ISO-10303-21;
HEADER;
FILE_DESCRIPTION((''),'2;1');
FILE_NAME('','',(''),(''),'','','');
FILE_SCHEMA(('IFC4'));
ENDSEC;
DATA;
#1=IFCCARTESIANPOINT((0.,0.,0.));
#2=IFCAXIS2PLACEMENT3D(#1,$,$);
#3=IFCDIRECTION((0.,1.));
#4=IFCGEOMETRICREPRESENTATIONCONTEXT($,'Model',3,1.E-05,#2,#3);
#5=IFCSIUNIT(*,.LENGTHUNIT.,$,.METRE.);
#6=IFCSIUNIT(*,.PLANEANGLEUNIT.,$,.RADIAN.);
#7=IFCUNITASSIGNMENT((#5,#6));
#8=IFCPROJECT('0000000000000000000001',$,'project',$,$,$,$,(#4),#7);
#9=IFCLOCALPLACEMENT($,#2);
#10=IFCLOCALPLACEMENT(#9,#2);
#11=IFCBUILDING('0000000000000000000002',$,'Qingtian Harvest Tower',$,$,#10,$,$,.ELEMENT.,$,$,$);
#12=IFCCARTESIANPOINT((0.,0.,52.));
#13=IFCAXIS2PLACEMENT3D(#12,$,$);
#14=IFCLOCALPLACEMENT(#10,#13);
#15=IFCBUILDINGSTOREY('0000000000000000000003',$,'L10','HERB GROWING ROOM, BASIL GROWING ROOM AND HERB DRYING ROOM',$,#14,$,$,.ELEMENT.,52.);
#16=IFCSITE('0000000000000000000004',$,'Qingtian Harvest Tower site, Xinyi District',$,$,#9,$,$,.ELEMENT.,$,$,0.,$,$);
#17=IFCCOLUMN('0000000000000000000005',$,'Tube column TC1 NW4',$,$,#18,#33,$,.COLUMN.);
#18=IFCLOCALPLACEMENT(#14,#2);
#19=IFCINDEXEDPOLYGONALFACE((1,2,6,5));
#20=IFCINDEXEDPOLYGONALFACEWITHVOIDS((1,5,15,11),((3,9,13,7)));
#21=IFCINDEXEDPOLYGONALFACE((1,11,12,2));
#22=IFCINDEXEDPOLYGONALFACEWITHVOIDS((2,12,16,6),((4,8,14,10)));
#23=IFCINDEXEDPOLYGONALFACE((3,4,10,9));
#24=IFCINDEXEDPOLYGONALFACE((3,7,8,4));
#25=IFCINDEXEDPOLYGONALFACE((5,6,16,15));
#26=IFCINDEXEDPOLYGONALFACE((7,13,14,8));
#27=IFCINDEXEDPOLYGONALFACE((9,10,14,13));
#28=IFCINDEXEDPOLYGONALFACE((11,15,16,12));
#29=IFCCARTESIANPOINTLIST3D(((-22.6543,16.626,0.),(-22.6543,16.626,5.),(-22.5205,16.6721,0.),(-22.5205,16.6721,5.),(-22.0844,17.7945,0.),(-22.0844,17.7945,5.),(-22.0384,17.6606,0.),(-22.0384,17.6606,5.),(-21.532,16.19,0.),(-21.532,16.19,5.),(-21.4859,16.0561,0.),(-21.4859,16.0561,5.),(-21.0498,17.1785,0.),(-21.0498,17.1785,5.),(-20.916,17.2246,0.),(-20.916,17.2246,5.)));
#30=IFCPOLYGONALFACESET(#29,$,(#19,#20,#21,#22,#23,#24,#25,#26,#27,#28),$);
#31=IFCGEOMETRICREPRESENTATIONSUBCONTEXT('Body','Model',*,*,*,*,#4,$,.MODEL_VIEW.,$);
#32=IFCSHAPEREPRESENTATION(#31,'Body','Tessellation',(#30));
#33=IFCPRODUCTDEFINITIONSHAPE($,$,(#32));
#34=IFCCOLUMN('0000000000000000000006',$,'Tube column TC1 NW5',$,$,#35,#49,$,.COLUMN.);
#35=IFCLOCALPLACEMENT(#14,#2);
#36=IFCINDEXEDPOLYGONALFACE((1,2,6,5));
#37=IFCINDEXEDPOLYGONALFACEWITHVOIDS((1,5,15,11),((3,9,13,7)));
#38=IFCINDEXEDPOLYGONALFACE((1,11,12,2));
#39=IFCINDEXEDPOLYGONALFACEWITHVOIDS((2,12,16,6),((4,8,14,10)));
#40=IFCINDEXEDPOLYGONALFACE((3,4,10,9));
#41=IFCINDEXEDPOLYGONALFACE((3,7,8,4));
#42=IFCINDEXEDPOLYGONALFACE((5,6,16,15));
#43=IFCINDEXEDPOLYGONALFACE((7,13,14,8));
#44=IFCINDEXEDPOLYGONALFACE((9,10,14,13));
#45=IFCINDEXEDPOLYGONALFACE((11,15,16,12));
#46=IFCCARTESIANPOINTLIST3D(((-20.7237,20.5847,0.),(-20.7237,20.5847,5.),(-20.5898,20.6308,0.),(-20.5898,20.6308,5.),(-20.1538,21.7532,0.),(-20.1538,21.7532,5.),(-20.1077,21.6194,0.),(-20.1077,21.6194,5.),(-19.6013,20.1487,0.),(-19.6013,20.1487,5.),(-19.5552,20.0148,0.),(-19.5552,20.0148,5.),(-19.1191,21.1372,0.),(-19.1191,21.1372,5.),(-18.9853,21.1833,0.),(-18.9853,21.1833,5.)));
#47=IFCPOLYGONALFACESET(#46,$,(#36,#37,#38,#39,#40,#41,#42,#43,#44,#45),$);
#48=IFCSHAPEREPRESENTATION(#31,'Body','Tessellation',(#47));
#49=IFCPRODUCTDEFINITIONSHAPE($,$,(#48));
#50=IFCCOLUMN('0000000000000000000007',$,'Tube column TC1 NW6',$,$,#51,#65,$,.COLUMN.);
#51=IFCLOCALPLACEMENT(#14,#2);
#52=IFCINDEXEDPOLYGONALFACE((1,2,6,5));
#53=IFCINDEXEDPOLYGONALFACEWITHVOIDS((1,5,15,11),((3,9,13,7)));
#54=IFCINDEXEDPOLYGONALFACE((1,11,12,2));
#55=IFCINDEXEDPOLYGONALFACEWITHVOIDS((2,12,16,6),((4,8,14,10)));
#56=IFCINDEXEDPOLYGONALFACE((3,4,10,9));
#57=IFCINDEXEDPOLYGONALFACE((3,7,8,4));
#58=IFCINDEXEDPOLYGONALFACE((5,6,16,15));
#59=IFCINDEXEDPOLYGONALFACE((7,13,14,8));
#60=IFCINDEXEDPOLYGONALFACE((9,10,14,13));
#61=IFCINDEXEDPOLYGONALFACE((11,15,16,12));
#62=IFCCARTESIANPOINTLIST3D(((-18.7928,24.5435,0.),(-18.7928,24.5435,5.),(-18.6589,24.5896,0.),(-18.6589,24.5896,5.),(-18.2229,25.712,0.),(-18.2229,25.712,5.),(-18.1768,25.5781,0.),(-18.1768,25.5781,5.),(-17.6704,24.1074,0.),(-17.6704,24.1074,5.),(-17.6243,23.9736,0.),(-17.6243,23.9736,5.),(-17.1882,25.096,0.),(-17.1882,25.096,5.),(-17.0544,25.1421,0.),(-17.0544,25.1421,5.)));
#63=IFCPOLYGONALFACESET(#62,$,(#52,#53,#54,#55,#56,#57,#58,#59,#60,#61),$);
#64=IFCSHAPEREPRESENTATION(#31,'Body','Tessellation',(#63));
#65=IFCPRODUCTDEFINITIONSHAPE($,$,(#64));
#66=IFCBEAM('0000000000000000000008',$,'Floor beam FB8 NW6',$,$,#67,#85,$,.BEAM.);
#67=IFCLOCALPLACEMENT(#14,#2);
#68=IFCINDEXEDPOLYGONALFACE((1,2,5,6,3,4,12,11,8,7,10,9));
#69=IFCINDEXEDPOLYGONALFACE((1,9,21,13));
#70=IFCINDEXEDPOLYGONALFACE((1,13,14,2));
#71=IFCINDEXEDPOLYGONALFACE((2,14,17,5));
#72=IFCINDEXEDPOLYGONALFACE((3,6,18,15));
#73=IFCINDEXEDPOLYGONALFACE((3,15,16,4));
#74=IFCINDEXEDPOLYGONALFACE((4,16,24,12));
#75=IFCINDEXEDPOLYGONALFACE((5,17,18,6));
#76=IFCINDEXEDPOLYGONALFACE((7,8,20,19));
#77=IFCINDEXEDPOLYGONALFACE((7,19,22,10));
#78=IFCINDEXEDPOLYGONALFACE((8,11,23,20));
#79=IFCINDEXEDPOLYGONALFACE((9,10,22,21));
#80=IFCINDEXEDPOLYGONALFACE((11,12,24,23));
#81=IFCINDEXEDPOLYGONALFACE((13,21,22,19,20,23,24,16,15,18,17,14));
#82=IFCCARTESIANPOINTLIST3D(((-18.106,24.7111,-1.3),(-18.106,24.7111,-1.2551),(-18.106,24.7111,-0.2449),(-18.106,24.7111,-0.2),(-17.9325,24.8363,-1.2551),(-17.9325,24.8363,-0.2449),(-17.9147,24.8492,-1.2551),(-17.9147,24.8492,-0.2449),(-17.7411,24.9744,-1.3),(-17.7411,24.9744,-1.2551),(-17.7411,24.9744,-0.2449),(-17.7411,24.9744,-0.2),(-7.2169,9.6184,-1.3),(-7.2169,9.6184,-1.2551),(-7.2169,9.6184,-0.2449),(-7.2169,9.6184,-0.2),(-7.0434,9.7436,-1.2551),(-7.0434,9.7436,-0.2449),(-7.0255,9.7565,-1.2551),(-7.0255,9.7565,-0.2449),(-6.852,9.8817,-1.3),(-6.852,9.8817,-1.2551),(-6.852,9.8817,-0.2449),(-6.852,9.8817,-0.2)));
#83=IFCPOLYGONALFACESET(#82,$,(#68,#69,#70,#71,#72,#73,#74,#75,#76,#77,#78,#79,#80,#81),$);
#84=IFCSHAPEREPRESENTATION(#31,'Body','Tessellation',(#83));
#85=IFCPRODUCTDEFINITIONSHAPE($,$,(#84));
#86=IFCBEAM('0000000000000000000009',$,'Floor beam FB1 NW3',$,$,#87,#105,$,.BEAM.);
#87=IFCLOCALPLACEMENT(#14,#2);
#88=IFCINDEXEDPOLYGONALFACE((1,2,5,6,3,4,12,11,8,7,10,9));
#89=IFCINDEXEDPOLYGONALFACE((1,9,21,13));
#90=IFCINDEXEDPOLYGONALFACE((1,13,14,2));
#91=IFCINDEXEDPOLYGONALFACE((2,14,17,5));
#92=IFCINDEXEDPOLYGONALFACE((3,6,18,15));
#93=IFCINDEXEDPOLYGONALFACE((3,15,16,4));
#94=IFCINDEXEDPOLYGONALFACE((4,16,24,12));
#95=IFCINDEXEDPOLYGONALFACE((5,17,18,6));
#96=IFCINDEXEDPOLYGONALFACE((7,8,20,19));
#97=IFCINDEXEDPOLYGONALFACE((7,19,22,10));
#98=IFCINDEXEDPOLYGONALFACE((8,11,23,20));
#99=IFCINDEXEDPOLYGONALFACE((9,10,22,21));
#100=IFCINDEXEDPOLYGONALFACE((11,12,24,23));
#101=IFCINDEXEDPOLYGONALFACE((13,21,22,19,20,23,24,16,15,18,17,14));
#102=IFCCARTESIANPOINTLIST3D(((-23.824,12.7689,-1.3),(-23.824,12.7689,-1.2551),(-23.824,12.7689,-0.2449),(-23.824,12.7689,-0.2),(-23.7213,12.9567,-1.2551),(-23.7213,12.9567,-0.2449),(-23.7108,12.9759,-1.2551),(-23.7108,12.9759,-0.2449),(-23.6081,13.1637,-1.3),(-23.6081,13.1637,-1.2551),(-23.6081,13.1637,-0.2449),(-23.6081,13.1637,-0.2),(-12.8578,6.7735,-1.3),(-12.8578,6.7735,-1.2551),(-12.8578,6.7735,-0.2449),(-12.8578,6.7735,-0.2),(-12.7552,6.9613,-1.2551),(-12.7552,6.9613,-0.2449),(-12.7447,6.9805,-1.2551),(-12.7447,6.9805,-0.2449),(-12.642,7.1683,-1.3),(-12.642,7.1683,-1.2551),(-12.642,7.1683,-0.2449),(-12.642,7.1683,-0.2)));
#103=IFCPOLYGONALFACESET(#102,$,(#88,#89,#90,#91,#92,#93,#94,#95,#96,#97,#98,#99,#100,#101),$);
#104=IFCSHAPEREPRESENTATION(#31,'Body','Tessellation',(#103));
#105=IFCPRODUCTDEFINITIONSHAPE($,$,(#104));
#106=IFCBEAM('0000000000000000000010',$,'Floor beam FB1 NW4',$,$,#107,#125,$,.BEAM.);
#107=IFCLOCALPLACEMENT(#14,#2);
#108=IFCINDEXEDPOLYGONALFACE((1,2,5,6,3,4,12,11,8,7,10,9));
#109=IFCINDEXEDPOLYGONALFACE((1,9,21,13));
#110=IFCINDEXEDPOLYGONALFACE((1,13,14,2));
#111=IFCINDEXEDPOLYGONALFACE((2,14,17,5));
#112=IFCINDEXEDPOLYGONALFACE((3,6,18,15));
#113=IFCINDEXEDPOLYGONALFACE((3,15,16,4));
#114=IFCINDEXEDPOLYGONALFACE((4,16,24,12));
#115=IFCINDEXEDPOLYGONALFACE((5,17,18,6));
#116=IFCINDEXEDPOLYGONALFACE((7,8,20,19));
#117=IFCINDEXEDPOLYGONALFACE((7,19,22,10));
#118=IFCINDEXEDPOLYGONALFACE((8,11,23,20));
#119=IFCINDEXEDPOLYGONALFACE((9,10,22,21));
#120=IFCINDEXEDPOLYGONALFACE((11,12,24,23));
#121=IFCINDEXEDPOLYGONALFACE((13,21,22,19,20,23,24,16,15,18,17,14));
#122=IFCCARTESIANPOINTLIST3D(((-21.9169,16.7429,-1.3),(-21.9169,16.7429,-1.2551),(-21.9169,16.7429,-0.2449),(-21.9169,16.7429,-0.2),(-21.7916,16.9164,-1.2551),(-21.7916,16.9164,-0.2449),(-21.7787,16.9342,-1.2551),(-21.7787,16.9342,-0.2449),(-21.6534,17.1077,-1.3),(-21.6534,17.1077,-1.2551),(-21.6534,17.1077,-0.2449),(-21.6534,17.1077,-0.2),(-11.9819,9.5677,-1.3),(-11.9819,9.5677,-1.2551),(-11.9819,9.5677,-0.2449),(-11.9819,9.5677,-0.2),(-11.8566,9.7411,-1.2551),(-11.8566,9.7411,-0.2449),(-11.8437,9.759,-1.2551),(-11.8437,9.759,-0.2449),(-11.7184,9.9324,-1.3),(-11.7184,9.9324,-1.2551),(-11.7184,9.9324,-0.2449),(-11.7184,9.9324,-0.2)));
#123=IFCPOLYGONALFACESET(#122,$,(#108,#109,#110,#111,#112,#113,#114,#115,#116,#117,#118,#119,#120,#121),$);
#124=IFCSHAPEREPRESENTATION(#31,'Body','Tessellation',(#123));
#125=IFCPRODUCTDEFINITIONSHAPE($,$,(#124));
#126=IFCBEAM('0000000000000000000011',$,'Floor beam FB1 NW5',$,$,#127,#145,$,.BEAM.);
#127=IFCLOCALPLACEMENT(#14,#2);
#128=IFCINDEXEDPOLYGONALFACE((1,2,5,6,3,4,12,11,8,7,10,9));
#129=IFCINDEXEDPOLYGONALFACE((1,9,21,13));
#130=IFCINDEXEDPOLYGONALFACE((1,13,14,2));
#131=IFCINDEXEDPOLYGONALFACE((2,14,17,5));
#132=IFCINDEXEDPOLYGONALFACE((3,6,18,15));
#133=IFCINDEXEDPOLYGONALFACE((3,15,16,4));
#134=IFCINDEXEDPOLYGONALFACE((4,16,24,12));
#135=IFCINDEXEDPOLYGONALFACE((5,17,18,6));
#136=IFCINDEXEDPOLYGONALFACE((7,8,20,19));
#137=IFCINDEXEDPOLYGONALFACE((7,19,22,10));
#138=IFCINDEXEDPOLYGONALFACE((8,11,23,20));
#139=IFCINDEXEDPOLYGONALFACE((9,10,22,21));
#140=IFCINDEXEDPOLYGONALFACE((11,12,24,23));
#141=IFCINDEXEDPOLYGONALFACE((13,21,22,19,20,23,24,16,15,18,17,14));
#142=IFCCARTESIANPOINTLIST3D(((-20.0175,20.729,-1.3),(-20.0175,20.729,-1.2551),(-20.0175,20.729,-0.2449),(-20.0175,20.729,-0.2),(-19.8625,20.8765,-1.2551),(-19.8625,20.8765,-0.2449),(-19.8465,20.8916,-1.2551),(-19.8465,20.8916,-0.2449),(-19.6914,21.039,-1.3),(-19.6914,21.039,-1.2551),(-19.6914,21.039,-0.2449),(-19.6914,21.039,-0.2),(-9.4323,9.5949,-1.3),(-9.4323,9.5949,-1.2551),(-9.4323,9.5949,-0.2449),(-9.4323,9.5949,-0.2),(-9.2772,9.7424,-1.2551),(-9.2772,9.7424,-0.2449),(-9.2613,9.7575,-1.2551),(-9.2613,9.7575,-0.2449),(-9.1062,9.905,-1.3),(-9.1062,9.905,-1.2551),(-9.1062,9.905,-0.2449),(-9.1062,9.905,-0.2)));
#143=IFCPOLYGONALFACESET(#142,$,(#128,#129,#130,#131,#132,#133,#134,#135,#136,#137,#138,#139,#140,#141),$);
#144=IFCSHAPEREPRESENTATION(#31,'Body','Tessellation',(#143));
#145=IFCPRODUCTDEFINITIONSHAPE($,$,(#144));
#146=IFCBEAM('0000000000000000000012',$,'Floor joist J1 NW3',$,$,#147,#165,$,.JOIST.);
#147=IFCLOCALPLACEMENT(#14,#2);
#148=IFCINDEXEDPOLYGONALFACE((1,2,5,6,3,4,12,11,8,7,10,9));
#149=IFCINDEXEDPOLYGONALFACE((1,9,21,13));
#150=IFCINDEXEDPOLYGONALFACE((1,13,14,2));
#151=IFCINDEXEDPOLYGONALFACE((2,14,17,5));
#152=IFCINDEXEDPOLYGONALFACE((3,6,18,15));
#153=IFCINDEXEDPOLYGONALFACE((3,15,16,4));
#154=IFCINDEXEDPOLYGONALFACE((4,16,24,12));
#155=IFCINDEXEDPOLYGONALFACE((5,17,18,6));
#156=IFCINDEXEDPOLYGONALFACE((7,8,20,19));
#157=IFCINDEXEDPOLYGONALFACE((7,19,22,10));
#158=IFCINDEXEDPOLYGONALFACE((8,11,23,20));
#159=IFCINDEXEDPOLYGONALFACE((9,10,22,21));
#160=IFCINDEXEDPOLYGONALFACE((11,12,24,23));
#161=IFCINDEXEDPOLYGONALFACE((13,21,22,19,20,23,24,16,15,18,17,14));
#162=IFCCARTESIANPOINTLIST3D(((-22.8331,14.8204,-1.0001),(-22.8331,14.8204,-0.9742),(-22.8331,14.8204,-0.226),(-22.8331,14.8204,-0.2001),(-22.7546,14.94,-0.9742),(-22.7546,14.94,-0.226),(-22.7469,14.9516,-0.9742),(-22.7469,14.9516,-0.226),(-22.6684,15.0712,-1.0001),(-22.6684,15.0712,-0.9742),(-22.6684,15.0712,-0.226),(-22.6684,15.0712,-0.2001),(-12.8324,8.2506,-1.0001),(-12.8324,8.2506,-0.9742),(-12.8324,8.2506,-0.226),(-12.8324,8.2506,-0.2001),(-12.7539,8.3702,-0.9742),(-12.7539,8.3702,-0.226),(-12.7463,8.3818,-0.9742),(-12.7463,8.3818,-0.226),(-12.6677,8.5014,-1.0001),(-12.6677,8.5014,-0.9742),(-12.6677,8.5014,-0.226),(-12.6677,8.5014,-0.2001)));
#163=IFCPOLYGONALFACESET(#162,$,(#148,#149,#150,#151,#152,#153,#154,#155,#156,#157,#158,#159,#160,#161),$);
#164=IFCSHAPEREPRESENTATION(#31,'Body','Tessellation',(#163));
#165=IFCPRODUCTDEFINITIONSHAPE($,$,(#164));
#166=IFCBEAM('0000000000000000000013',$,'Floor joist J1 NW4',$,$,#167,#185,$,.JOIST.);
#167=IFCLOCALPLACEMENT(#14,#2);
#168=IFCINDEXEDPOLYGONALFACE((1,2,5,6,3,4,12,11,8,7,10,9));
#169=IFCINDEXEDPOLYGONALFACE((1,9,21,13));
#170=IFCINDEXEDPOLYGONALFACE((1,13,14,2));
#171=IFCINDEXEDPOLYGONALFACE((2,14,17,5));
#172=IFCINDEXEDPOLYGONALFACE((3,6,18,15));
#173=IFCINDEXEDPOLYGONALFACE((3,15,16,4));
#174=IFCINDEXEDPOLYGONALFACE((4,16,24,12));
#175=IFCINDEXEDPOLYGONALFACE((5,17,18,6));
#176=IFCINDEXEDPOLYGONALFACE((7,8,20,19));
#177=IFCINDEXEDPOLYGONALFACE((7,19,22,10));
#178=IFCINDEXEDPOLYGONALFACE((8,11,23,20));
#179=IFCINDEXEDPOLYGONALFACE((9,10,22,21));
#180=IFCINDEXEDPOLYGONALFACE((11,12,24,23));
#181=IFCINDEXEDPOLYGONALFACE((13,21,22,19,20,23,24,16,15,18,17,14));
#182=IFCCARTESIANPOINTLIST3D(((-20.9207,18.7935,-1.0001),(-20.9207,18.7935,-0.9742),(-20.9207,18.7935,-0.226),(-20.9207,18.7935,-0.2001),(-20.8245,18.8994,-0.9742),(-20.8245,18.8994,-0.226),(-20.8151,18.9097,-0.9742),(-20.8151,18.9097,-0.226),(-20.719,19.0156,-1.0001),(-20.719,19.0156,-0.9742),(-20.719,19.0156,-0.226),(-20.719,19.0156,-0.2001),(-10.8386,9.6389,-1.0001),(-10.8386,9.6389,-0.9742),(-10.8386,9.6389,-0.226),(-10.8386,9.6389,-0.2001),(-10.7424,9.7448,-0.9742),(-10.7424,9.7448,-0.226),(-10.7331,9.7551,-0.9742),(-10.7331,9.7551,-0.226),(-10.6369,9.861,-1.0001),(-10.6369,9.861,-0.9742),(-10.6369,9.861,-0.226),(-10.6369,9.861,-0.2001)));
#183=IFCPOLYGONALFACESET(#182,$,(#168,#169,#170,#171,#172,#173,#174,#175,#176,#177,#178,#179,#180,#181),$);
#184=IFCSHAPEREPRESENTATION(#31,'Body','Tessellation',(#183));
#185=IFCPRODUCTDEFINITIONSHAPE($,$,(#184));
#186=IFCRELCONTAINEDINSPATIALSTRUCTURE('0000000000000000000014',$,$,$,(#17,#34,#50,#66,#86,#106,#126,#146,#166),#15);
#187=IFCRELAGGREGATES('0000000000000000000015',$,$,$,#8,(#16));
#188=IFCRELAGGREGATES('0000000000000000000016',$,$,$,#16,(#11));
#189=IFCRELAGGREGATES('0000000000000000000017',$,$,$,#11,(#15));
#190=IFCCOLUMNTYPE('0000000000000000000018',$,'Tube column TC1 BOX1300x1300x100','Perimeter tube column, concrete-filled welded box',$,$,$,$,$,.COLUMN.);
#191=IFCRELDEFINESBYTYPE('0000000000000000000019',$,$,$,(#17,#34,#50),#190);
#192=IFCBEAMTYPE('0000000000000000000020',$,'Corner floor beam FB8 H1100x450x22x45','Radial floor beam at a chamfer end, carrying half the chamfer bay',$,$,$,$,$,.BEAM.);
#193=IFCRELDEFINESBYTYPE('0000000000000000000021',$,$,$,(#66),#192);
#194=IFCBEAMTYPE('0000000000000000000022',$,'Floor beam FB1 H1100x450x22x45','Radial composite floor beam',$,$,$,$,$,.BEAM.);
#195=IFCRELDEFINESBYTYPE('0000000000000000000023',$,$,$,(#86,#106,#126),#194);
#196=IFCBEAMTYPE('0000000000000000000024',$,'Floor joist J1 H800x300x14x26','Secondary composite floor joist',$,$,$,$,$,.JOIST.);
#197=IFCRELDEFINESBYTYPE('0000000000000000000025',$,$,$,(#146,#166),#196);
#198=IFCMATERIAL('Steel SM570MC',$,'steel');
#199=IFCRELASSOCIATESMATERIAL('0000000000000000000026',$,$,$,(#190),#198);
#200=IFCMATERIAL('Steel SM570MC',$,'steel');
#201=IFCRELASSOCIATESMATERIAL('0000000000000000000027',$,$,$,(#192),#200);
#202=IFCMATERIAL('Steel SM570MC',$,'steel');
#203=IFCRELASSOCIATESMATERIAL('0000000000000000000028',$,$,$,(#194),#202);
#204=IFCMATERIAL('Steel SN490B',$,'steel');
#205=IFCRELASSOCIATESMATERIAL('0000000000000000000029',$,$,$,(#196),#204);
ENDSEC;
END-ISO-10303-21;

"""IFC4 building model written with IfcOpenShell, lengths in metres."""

from ifc_helpers import new_model, si_unit, direction, frame, origin, origin_2d, place, context, subcontext, project, spatial, hollow_rectangle, i_section, extrude, material, material_profile, profile_set, type_object, element, save


model = new_model("IFC4")

# Units and contexts
model_context = context("Model", 3, precision=1e-05, world=origin(), true_north=direction((0.0, 1.0)))
body_context = subcontext(model_context, "Body", "Model", "MODEL_VIEW")
ifc_project = project(units=[si_unit("LENGTHUNIT", "METRE"), si_unit("PLANEANGLEUNIT", "RADIAN")], contexts=[model_context])

# Site, building, storey
site_placement = place(None, origin())
site = spatial("IfcSite", under=ifc_project, at=site_placement, Name="Qingtian Harvest Tower site, Xinyi District", CompositionType="ELEMENT", RefElevation=0.0)
building_placement = place(site_placement, origin())
building = spatial("IfcBuilding", under=site, at=building_placement, Name="Qingtian Harvest Tower", CompositionType="ELEMENT")
storey_placement = place(building_placement, frame((0.0, 0.0, 52.0)))
storey = spatial("IfcBuildingStorey", under=building, at=storey_placement, Name="L10", Description="HERB GROWING ROOM, BASIL GROWING ROOM AND HERB DRYING ROOM", CompositionType="ELEMENT", Elevation=52.0)

# Columns
ifc_material_1 = material(Name="Steel SM570MC", Category="steel")
ifc_material_profile_1 = material_profile(ifc_material_1, hollow_rectangle(XDim=1.3, YDim=1.3, WallThickness=0.1001, at=origin_2d()), Name="BOX1300x1300x100")
ifc_profile_set_1 = profile_set([ifc_material_profile_1], Name="Steel SM570MC")
column_type = type_object("IfcColumnType", Name="Tube column TC1 BOX1300x1300x100", Description="Perimeter tube column, concrete-filled welded box", PredefinedType="COLUMN", material=ifc_profile_set_1)
for number, where, z_axis, x_axis, name in (
    (1, (-21.7852, 16.9253, 0.0), (0.0, 0.0, 1.0), (-0.438371, -0.898794, 0.0), "Tube column TC1 NW4"),
    (2, (-19.8545, 20.884, 0.0), (0.0, 0.0, 1.0), (-0.438371, -0.898794, 0.0), "Tube column TC1 NW5"),
    (3, (-17.9236, 24.8428, 0.0), (0.0, 0.0, 1.0), (-0.438371, -0.898794, 0.0), "Tube column TC1 NW6"),
):
    element("IfcColumn", number, at=place(storey_placement, frame(where, z_axis=z_axis, x_axis=x_axis)), inside=storey, type_object=column_type, Name=name, PredefinedType="COLUMN", context=body_context, shape_type="SweptSolid", body=[
        extrude(hollow_rectangle(XDim=1.3, YDim=1.3, WallThickness=0.1001, at=origin_2d()), origin(), (0.0, 0.0, 1.0), 5.0),
    ])

# Beams
ifc_material_2 = material(Name="Steel SM570MC", Category="steel")
ifc_material_profile_2 = material_profile(ifc_material_2, i_section(OverallWidth=0.45, OverallDepth=1.1001, WebThickness=0.022, FlangeThickness=0.0449, at=origin_2d()), Name="H1100x450x22x45")
ifc_profile_set_2 = profile_set([ifc_material_profile_2], Name="Steel SM570MC")
beam_type_1 = type_object("IfcBeamType", Name="Corner floor beam FB8 H1100x450x22x45", Description="Radial floor beam at a chamfer end, carrying half the chamfer bay", PredefinedType="BEAM", material=ifc_profile_set_2)
beam_1_placement = place(storey_placement, frame((-17.9236, 24.8428, -0.75), z_axis=(0.585096, -0.810964, 0.0), x_axis=(0.810964, 0.585096, 0.0)))
element("IfcBeam", 4, at=beam_1_placement, inside=storey, type_object=beam_type_1, Name="Floor beam FB8 NW6", PredefinedType="BEAM", context=body_context, shape_type="SweptSolid", body=[
    extrude(i_section(OverallWidth=0.45, OverallDepth=1.1001, WebThickness=0.022, FlangeThickness=0.0449, at=origin_2d()), origin(), (0.0, 0.0, 1.0), 18.6108),
])
ifc_material_3 = material(Name="Steel SM570MC", Category="steel")
ifc_material_profile_3 = material_profile(ifc_material_3, i_section(OverallWidth=0.45, OverallDepth=1.1001, WebThickness=0.022, FlangeThickness=0.0449, at=origin_2d()), Name="H1100x450x22x45")
ifc_profile_set_3 = profile_set([ifc_material_profile_3], Name="Steel SM570MC")
beam_type_2 = type_object("IfcBeamType", Name="Floor beam FB1 H1100x450x22x45", Description="Radial composite floor beam", PredefinedType="BEAM", material=ifc_profile_set_3)
beam_2_placement = place(storey_placement, frame((-23.7161, 12.9663, -0.75), z_axis=(0.877429, -0.479707, 0.0), x_axis=(0.479707, 0.877429, 0.0)))
element("IfcBeam", 5, at=beam_2_placement, inside=storey, type_object=beam_type_2, Name="Floor beam FB1 NW3", PredefinedType="BEAM", context=body_context, shape_type="SweptSolid", body=[
    extrude(i_section(OverallWidth=0.45, OverallDepth=1.1001, WebThickness=0.022, FlangeThickness=0.0449, at=origin_2d()), origin(), (0.0, 0.0, 1.0), 12.498),
])
beam_3_placement = place(storey_placement, frame((-21.7852, 16.9253, -0.75), z_axis=(0.81068, -0.585489, 0.0), x_axis=(0.585489, 0.81068, 0.0)))
element("IfcBeam", 6, at=beam_3_placement, inside=storey, type_object=beam_type_2, Name="Floor beam FB1 NW4", PredefinedType="BEAM", context=body_context, shape_type="SweptSolid", body=[
    extrude(i_section(OverallWidth=0.45, OverallDepth=1.1001, WebThickness=0.022, FlangeThickness=0.0449, at=origin_2d()), origin(), (0.0, 0.0, 1.0), 12.2551),
])
beam_4_placement = place(storey_placement, frame((-19.8545, 20.884, -0.75), z_axis=(0.689019, -0.724743, 0.0), x_axis=(0.724743, 0.689019, 0.0)))
element("IfcBeam", 7, at=beam_4_placement, inside=storey, type_object=beam_type_2, Name="Floor beam FB1 NW5", PredefinedType="BEAM", context=body_context, shape_type="SweptSolid", body=[
    extrude(i_section(OverallWidth=0.45, OverallDepth=1.1001, WebThickness=0.022, FlangeThickness=0.0449, at=origin_2d()), origin(), (0.0, 0.0, 1.0), 15.3628),
])
ifc_material_4 = material(Name="Steel SN490B", Category="steel")
ifc_material_profile_4 = material_profile(ifc_material_4, i_section(OverallWidth=0.3, OverallDepth=0.8, WebThickness=0.0139, FlangeThickness=0.0259, at=origin_2d()), Name="H800x300x14x26")
ifc_profile_set_4 = profile_set([ifc_material_profile_4], Name="Steel SN490B")
beam_type_3 = type_object("IfcBeamType", Name="Floor joist J1 H800x300x14x26", Description="Secondary composite floor joist", PredefinedType="JOIST", material=ifc_profile_set_4)
beam_5_placement = place(storey_placement, frame((-22.7507, 14.9458, -0.6001), z_axis=(0.835785, -0.549056, 0.0), x_axis=(0.549056, 0.835785, 0.0)))
element("IfcBeam", 8, at=beam_5_placement, inside=storey, type_object=beam_type_3, Name="Floor joist J1 NW3", PredefinedType="JOIST", context=body_context, shape_type="SweptSolid", body=[
    extrude(i_section(OverallWidth=0.3, OverallDepth=0.8, WebThickness=0.0139, FlangeThickness=0.0259, at=origin_2d()), origin(), (0.0, 0.0, 1.0), 11.9656),
])
beam_6_placement = place(storey_placement, frame((-20.8198, 18.9045, -0.6001), z_axis=(0.74034, -0.672233, 0.0), x_axis=(0.672233, 0.74034, 0.0)))
element("IfcBeam", 9, at=beam_6_placement, inside=storey, type_object=beam_type_3, Name="Floor joist J1 NW4", PredefinedType="JOIST", context=body_context, shape_type="SweptSolid", body=[
    extrude(i_section(OverallWidth=0.3, OverallDepth=0.8, WebThickness=0.0139, FlangeThickness=0.0259, at=origin_2d()), origin(), (0.0, 0.0, 1.0), 13.6182),
])

save(model, "model.ifc")
